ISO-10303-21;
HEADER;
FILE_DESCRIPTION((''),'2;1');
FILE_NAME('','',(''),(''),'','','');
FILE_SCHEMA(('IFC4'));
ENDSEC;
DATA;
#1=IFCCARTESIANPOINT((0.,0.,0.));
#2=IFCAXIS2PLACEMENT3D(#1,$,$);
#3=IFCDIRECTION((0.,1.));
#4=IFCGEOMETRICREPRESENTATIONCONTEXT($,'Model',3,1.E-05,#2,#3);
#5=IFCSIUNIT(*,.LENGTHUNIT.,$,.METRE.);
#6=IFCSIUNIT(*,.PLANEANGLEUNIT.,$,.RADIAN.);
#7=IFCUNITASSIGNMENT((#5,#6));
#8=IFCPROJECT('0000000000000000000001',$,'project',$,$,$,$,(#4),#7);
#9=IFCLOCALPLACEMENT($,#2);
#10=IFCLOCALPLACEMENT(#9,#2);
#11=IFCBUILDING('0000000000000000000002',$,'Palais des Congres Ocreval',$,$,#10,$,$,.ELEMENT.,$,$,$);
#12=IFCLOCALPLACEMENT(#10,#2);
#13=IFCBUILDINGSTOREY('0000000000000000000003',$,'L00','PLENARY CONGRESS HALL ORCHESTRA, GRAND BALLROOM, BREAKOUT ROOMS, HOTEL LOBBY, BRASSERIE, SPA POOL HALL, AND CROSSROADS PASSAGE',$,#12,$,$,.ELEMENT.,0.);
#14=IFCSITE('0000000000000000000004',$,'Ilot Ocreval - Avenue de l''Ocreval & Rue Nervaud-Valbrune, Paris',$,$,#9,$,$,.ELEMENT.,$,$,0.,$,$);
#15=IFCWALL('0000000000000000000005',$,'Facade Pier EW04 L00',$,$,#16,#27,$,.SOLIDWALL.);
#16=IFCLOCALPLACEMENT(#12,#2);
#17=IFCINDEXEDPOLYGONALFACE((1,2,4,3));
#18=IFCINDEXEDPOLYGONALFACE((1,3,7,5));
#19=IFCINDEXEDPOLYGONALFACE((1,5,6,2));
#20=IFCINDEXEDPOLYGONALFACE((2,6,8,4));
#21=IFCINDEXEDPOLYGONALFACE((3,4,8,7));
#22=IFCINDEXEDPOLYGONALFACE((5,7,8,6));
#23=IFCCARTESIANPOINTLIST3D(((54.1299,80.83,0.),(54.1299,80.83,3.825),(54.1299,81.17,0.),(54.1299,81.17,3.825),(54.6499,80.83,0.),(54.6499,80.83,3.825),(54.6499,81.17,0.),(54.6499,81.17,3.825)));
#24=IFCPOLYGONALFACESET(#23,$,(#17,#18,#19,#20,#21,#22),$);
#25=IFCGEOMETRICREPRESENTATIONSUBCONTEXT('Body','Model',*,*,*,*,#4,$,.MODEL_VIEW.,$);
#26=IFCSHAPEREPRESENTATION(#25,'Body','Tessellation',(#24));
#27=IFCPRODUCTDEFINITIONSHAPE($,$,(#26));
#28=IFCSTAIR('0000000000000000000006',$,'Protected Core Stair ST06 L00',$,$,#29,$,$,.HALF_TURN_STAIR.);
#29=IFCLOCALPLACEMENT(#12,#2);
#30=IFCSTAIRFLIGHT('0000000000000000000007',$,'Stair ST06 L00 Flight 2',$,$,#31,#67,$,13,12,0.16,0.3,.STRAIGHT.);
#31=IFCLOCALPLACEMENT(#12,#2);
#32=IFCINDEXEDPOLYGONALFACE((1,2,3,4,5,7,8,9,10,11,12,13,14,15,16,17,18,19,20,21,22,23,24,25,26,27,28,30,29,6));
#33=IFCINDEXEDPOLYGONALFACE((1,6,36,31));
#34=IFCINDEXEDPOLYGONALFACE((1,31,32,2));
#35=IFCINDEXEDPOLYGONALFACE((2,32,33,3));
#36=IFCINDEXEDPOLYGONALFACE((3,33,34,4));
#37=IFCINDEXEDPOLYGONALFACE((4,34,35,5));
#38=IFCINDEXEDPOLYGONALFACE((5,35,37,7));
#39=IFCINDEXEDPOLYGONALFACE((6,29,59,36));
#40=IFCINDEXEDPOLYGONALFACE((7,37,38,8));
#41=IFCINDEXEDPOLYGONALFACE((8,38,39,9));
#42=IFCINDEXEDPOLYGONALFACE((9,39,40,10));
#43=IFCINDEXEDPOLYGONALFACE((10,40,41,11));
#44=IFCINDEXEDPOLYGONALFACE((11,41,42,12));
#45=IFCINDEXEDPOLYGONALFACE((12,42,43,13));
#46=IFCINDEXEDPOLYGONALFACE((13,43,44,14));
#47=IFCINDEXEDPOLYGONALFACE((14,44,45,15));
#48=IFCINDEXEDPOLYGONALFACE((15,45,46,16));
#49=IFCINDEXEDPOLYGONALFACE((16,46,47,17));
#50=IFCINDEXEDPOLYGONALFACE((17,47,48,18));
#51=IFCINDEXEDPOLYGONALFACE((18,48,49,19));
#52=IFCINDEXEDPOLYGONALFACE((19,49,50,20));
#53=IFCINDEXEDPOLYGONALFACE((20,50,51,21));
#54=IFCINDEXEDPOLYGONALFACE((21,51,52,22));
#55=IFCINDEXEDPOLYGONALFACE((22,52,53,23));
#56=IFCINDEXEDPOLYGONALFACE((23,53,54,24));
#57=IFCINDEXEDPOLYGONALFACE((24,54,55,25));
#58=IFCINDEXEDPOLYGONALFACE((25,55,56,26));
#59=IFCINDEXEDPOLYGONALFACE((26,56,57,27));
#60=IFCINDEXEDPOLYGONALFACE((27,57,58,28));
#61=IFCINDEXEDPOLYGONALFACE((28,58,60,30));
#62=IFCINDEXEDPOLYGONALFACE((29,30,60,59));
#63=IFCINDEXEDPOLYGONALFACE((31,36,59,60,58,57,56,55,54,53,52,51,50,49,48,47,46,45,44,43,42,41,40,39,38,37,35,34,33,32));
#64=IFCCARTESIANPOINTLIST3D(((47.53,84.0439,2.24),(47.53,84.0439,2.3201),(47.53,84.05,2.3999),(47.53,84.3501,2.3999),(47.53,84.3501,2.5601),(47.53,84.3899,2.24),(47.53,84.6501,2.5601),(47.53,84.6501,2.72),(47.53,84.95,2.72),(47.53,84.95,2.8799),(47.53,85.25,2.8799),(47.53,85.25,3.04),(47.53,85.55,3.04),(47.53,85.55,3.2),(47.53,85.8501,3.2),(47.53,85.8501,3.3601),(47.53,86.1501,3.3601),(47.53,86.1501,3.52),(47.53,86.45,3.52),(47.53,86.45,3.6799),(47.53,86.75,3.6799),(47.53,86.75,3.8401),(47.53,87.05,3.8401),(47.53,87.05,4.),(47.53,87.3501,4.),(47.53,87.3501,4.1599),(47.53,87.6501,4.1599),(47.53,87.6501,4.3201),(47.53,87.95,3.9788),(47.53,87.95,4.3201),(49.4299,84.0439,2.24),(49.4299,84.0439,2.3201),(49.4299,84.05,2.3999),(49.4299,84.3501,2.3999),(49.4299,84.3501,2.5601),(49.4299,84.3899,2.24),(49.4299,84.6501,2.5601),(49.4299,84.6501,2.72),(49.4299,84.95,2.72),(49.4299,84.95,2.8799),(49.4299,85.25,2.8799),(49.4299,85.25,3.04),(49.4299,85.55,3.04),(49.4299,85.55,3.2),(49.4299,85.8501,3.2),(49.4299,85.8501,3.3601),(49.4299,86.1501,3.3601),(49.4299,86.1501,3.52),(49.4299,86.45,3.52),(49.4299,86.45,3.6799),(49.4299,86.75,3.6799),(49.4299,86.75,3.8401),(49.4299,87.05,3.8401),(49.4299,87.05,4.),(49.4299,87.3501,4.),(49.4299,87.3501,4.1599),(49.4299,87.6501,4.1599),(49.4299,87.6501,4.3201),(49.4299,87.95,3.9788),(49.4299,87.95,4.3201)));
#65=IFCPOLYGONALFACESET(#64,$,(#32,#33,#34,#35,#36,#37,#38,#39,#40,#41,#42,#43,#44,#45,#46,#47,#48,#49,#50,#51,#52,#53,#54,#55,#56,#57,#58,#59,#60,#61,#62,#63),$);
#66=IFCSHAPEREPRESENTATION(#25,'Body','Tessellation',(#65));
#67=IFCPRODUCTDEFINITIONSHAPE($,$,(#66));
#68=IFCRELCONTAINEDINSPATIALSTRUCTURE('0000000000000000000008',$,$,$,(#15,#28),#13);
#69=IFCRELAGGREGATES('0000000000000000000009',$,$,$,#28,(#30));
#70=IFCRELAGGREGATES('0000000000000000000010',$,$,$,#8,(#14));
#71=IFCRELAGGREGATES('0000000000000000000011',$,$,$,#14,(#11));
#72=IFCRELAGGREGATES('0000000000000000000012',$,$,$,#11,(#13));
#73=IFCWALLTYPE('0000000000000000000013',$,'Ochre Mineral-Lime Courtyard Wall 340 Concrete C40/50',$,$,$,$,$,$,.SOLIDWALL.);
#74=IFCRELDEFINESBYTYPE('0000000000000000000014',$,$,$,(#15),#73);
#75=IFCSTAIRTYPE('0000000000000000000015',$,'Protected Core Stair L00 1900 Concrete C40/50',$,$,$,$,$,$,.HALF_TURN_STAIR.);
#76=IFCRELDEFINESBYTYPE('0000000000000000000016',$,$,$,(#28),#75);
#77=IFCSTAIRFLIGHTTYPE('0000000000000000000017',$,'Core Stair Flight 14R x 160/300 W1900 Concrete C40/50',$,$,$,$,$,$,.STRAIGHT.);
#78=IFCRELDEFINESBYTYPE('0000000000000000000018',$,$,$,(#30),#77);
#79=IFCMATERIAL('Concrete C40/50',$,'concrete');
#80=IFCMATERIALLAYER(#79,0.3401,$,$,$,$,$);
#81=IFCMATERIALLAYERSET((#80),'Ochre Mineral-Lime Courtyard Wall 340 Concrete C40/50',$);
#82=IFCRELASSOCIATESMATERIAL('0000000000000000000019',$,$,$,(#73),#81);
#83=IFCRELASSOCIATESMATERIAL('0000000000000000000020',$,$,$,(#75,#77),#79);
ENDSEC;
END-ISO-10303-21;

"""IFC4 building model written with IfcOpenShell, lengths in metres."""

from ifc_helpers import new_model, si_unit, direction, frame, frame_2d, origin, place, context, subcontext, project, spatial, polyline, rectangle, outline, extrude, material, layer, layer_set, type_object, element, aggregate, save


model = new_model("IFC4")

# Units and contexts
model_context = context("Model", 3, precision=1e-05, world=origin(), true_north=direction((0.0, 1.0)))
body_context = subcontext(model_context, "Body", "Model", "MODEL_VIEW")
ifc_project = project(units=[si_unit("LENGTHUNIT", "METRE"), si_unit("PLANEANGLEUNIT", "RADIAN")], contexts=[model_context])

# Site, building, storey
site_placement = place(None, origin())
site = spatial("IfcSite", under=ifc_project, at=site_placement, Name="Ilot Ocreval - Avenue de l'Ocreval & Rue Nervaud-Valbrune, Paris", CompositionType="ELEMENT", RefElevation=0.0)
building_placement = place(site_placement, origin())
building = spatial("IfcBuilding", under=site, at=building_placement, Name="Palais des Congres Ocreval", CompositionType="ELEMENT")
storey_placement = place(building_placement, origin())
storey = spatial("IfcBuildingStorey", under=building, at=storey_placement, Name="L00", Description="PLENARY CONGRESS HALL ORCHESTRA, GRAND BALLROOM, BREAKOUT ROOMS, HOTEL LOBBY, BRASSERIE, SPA POOL HALL, AND CROSSROADS PASSAGE", CompositionType="ELEMENT", Elevation=0.0)

# Shared definitions
ifc_material_1 = material(Name="Concrete C40/50", Category="concrete")

# Wall
ifc_layer_1 = layer(ifc_material_1, 0.3401)
ifc_layer_set_1 = layer_set([ifc_layer_1], Name="Ochre Mineral-Lime Courtyard Wall 340 Concrete C40/50")
wall_type_1 = type_object("IfcWallType", Name="Ochre Mineral-Lime Courtyard Wall 340 Concrete C40/50", PredefinedType="SOLIDWALL", material=ifc_layer_set_1)
wall_1_placement = place(storey_placement, frame((54.1299, 81.0, 0.0), z_axis=(0.0, 0.0, 1.0), x_axis=(1.0, 0.0, 0.0)))
element("IfcWall", 1, at=wall_1_placement, inside=storey, type_object=wall_type_1, Name="Facade Pier EW04 L00", PredefinedType="SOLIDWALL", context=body_context, shape_type="SweptSolid", body=[
    extrude(rectangle(XDim=0.52, YDim=0.3401, at=frame_2d((0.26, 0.0))), origin(), (0.0, 0.0, 1.0), 3.825),
])

# Stair, stair flight
stair_type = type_object("IfcStairType", Name="Protected Core Stair L00 1900 Concrete C40/50", PredefinedType="HALF_TURN_STAIR", material=ifc_material_1)
stair_placement = place(storey_placement, origin())
stair = element("IfcStair", 2, at=stair_placement, inside=storey, type_object=stair_type, Name="Protected Core Stair ST06 L00", PredefinedType="HALF_TURN_STAIR")
stair_flight_type = type_object("IfcStairFlightType", Name="Core Stair Flight 14R x 160/300 W1900 Concrete C40/50", PredefinedType="STRAIGHT", material=ifc_material_1)
stair_flight_placement = place(storey_placement, frame((48.48, 84.05, 2.24), z_axis=(0.0, 0.0, 1.0), x_axis=(0.0, 1.0, 0.0)))
stair_flight = element("IfcStairFlight", 3, at=stair_flight_placement, type_object=stair_flight_type, Name="Stair ST06 L00 Flight 2", NumberOfRisers=13, NumberOfTreads=12, PredefinedType="STRAIGHT", RiserHeight=0.16, TreadLength=0.3, context=body_context, shape_type="SweptSolid", body=[
    extrude(outline(polyline([(-0.0061, 0.0), (-0.0061, 0.0801), (0.0, 0.1599), (0.3, 0.1599), (0.3, 0.3201), (0.6001, 0.3201), (0.6001, 0.48), (0.8999, 0.48), (0.8999, 0.6399), (1.2, 0.6399), (1.2, 0.8), (1.5, 0.8), (1.5, 0.96), (1.8, 0.96), (1.8, 1.1201), (2.1001, 1.1201), (2.1001, 1.28), (2.3999, 1.28), (2.3999, 1.4399), (2.7, 1.4399), (2.7, 1.6001), (3.0, 1.6001), (3.0, 1.76), (3.3, 1.76), (3.3, 1.9199), (3.6001, 1.9199), (3.6001, 2.0801), (3.8999, 2.0801), (3.8999, 1.7388), (0.3398, 0.0), (-0.0061, 0.0)])), frame((0.0, 0.95, 0.0), z_axis=(0.0, -1.0, 0.0), x_axis=(1.0, 0.0, 0.0)), (0.0, 0.0, 1.0), 1.8999),
])
aggregate(stair, [stair_flight])

save(model, "model.ifc")
